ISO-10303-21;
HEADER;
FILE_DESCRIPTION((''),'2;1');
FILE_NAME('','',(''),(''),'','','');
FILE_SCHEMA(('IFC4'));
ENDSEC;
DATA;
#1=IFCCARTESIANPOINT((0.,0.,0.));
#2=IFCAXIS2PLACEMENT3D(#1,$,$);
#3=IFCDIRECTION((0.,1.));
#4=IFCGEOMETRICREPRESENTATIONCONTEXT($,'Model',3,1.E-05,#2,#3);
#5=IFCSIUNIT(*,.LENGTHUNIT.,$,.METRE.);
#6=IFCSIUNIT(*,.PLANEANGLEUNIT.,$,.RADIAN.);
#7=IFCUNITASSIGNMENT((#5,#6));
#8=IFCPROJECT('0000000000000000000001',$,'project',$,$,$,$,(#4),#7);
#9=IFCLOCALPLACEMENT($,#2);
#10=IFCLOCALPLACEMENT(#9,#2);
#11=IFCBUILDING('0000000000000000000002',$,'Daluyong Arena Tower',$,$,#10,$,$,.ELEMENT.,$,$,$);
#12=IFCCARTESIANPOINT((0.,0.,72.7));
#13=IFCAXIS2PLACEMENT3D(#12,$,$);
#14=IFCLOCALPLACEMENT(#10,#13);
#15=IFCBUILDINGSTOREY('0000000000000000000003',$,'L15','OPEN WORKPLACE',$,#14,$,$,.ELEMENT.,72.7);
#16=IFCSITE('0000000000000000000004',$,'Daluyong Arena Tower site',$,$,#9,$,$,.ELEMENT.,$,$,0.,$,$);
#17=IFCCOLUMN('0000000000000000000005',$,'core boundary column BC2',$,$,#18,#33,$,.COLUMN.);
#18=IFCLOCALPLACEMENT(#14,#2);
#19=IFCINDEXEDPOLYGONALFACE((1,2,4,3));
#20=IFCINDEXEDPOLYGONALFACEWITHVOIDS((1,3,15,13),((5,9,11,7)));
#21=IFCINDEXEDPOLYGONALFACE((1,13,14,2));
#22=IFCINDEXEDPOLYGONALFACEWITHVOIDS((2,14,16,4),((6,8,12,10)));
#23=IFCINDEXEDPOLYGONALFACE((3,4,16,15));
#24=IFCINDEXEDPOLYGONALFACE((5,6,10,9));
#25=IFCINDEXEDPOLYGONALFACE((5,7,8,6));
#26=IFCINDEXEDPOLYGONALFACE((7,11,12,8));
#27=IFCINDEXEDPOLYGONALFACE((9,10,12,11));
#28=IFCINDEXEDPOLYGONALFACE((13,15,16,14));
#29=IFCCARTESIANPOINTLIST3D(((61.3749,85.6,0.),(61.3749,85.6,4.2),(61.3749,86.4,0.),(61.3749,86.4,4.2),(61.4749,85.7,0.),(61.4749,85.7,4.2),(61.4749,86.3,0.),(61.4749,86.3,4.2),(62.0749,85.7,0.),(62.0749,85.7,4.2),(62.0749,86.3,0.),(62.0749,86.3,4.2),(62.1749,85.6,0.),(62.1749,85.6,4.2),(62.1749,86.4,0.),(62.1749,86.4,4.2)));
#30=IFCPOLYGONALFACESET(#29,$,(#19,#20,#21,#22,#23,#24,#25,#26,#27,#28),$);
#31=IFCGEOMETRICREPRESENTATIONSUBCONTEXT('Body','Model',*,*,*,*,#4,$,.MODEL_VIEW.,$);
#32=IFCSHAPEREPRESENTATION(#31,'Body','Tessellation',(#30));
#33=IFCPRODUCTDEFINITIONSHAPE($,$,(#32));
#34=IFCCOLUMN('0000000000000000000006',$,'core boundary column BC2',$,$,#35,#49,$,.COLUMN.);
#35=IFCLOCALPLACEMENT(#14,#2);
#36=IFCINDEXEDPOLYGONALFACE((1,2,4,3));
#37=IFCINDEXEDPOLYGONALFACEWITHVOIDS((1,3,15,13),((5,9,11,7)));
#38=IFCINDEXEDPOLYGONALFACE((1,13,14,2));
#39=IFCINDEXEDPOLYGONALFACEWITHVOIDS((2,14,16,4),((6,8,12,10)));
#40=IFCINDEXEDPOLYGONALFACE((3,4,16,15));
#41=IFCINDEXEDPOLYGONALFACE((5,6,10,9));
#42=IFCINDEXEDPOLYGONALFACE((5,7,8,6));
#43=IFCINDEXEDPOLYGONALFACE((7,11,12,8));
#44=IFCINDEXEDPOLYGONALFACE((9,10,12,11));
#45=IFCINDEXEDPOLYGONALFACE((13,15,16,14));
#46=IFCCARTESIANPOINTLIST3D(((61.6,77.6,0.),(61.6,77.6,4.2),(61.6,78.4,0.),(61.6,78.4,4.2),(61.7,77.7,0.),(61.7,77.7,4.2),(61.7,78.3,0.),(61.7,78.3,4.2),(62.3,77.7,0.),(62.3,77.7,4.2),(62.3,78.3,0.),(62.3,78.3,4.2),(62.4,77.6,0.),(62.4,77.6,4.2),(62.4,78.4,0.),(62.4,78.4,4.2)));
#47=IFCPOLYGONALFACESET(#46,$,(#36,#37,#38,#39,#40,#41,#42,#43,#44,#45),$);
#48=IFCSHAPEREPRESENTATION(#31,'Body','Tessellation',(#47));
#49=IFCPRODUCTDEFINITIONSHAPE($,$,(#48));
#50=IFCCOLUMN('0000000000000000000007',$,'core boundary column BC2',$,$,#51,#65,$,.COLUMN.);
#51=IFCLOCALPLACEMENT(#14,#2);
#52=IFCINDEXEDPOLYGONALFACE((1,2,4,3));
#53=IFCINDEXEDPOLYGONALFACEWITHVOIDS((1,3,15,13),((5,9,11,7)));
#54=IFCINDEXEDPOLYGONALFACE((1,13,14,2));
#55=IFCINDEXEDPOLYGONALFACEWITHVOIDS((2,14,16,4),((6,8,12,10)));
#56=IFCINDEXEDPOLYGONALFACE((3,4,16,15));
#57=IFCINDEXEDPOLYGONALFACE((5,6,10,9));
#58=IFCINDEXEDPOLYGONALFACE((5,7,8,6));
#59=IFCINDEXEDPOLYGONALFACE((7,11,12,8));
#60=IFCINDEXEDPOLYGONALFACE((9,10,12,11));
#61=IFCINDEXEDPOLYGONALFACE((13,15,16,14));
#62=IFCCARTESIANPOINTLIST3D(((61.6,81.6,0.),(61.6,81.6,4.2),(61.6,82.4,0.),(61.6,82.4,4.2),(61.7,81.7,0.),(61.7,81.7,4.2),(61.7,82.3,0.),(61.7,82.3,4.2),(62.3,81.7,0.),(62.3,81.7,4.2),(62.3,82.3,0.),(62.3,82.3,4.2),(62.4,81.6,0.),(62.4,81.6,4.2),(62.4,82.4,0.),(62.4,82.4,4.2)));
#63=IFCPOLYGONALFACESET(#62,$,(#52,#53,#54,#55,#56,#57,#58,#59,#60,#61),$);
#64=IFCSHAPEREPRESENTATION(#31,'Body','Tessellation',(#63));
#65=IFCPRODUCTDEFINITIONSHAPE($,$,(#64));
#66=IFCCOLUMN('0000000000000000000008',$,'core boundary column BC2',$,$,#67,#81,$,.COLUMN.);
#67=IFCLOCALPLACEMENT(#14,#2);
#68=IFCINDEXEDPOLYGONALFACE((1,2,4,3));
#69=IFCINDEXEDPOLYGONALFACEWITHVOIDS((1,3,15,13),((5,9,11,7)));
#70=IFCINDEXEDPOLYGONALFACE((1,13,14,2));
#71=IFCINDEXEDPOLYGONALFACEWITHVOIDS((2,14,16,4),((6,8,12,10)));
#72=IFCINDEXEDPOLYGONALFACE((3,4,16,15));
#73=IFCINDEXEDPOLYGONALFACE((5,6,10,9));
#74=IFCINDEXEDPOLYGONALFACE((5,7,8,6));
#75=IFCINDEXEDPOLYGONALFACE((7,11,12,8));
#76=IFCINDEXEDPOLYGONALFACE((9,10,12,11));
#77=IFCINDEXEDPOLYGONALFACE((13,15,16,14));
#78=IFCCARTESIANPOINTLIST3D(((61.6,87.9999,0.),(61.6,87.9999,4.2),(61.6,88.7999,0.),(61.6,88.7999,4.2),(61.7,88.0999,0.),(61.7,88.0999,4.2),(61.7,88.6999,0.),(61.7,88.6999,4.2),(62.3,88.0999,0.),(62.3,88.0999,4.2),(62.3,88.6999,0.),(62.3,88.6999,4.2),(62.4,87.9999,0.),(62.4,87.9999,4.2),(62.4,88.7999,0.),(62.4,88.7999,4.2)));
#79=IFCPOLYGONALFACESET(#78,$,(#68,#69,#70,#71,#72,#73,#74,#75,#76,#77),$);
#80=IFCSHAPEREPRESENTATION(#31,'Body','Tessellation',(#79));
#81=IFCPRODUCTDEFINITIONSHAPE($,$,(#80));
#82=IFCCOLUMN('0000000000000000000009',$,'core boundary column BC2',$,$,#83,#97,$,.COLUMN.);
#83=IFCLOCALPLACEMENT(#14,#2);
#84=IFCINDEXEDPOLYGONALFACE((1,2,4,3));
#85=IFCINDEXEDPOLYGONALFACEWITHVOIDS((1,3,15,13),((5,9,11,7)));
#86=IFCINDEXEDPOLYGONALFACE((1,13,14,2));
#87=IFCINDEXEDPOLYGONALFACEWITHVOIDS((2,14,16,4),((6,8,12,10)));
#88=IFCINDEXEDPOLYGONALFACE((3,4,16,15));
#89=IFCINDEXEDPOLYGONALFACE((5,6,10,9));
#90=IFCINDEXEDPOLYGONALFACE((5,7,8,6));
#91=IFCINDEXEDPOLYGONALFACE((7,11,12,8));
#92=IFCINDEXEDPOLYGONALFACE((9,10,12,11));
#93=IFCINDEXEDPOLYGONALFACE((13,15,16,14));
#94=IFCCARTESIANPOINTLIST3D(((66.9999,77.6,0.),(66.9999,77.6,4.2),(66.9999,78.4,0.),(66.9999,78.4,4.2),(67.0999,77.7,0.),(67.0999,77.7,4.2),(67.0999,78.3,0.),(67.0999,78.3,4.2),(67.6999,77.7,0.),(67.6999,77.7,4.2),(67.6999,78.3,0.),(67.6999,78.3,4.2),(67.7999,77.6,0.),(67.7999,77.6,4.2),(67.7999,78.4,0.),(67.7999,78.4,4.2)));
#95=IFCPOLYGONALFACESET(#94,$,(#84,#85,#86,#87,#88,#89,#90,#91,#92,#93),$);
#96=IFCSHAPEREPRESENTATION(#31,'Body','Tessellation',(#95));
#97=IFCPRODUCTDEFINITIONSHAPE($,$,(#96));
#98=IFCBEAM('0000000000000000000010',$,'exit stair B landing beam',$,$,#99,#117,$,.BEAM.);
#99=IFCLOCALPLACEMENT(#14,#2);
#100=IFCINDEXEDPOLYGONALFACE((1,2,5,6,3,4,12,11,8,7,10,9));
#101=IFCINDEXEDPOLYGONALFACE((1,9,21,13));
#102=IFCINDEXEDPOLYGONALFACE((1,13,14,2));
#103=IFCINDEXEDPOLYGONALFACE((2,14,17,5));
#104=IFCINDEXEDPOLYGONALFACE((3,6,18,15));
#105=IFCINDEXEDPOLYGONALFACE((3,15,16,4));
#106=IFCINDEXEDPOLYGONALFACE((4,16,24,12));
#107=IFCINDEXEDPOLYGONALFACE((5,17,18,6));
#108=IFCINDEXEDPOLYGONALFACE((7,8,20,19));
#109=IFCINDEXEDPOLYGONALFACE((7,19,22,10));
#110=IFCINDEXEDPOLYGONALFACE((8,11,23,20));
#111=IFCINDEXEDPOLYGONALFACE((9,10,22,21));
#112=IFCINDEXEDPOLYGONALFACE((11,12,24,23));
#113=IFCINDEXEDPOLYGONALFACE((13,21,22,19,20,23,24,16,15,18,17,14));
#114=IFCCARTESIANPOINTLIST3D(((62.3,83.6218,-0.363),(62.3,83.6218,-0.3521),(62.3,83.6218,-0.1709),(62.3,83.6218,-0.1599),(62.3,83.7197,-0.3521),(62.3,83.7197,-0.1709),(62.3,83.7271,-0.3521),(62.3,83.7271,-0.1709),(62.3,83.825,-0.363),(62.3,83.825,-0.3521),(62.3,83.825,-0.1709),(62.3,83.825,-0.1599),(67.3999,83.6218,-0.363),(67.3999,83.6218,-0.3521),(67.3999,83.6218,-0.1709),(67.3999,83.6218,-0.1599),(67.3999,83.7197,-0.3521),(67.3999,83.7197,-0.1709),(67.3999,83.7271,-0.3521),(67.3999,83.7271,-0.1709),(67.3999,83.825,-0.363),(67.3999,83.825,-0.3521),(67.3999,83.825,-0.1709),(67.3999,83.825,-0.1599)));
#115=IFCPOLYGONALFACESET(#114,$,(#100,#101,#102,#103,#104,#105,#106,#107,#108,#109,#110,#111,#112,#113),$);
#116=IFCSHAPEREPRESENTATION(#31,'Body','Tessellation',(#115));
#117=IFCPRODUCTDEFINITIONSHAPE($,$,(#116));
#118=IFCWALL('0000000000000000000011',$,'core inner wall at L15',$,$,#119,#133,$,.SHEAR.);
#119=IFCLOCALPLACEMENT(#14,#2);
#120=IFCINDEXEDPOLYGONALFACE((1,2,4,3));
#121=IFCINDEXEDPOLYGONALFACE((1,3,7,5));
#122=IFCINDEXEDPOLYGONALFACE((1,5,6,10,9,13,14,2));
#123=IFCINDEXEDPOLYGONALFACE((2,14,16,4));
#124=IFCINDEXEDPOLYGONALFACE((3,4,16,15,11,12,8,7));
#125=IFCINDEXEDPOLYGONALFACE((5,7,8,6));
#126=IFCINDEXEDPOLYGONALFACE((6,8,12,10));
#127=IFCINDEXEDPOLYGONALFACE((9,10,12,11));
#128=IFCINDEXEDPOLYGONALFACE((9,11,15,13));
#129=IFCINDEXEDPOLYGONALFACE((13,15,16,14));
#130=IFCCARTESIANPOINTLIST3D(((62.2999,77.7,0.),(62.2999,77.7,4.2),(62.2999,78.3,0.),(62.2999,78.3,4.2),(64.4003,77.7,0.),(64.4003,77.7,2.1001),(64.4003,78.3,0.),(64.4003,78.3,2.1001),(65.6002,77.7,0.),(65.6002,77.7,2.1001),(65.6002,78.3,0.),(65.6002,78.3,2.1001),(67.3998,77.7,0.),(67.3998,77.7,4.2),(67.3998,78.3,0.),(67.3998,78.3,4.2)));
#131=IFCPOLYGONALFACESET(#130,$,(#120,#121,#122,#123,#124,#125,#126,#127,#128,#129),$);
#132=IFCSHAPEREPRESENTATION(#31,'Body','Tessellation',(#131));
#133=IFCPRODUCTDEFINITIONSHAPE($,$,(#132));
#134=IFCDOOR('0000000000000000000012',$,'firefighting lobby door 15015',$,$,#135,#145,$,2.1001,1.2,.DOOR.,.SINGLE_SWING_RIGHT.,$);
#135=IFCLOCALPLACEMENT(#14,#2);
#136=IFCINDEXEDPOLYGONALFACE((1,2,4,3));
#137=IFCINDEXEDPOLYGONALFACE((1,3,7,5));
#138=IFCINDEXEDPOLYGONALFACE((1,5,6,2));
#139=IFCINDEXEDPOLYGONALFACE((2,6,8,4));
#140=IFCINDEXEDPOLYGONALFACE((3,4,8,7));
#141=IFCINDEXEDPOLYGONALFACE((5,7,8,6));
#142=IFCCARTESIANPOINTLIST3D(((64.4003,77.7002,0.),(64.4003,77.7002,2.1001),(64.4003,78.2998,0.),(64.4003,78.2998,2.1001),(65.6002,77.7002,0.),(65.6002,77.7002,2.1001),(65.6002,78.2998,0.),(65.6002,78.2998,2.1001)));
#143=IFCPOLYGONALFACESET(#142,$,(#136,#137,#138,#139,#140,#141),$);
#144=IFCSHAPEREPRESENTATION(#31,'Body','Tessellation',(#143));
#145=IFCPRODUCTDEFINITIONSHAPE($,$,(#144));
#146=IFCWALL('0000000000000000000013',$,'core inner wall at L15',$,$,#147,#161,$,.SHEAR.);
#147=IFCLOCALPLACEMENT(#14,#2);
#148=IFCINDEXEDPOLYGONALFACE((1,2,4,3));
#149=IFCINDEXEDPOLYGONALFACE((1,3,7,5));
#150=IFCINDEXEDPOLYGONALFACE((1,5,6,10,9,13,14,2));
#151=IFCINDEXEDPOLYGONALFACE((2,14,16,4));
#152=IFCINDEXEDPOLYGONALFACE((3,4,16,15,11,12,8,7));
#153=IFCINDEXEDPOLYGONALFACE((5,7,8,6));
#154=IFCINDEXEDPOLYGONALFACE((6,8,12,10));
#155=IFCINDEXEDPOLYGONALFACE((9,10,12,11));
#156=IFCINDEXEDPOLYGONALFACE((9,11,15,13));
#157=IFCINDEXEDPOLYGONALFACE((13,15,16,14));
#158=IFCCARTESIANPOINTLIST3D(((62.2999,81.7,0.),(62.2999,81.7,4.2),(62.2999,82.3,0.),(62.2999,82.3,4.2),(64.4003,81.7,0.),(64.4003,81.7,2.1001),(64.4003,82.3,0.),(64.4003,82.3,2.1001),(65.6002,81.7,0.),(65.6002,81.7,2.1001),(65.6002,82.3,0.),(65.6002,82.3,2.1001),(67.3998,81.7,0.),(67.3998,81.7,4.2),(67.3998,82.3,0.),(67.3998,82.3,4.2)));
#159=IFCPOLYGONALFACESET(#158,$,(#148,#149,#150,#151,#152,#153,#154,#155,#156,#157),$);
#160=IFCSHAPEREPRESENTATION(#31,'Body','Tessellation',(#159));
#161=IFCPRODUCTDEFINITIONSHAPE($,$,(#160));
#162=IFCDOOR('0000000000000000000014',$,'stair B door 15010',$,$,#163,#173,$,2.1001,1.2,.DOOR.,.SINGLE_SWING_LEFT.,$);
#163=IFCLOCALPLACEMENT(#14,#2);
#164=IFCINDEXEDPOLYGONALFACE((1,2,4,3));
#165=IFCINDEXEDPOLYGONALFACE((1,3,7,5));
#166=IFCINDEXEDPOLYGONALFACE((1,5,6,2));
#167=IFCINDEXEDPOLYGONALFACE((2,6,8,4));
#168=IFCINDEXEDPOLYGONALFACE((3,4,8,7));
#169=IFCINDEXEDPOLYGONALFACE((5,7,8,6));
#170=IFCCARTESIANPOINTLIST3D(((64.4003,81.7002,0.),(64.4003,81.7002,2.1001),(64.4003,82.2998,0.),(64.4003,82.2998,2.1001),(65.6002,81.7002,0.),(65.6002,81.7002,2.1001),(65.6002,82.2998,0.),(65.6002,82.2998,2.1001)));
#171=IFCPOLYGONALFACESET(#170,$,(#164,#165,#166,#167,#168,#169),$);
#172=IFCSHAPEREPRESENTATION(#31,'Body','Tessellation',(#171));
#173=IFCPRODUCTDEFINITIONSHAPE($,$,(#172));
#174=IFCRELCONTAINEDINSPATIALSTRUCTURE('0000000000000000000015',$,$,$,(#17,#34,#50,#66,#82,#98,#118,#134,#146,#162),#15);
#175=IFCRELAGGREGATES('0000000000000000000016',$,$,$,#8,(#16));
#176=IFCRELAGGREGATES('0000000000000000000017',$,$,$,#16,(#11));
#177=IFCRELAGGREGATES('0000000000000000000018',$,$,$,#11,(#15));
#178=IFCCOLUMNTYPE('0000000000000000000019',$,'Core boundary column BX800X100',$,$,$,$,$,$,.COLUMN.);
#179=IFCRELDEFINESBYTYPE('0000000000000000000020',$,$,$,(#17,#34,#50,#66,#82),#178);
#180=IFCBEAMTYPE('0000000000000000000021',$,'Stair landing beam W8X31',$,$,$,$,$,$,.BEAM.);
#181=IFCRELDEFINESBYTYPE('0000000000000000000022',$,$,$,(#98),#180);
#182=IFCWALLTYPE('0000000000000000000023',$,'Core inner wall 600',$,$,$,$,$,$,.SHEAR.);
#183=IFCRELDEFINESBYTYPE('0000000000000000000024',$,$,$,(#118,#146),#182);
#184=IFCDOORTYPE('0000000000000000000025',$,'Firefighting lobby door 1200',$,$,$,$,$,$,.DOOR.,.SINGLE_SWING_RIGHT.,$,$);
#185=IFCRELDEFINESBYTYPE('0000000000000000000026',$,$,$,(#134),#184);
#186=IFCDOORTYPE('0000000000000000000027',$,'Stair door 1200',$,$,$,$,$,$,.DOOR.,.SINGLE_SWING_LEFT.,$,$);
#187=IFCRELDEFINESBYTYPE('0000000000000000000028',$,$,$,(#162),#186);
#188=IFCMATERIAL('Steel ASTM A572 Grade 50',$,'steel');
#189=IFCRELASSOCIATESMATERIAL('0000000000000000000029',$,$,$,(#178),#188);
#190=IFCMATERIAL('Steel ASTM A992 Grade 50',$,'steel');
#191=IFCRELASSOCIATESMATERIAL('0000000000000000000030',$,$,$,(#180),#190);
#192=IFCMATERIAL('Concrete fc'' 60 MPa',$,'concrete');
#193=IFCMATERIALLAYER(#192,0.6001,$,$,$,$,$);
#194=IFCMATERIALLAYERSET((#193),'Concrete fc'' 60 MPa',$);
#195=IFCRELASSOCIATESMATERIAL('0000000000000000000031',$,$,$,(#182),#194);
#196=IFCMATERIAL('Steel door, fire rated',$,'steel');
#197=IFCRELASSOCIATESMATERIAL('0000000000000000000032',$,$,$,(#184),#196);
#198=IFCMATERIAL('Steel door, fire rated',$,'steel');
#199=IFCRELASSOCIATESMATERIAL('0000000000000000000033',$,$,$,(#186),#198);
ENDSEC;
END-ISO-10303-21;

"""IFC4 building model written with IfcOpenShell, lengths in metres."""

from ifc_helpers import new_model, si_unit, direction, frame, frame_2d, origin, origin_2d, place, context, subcontext, project, spatial, rectangle, hollow_rectangle, i_section, extrude, material, layer, layer_set, material_profile, profile_set, type_object, element, fill, save


model = new_model("IFC4")

# Units and contexts
model_context = context("Model", 3, precision=1e-05, world=origin(), true_north=direction((0.0, 1.0)))
body_context = subcontext(model_context, "Body", "Model", "MODEL_VIEW")
ifc_project = project(units=[si_unit("LENGTHUNIT", "METRE"), si_unit("PLANEANGLEUNIT", "RADIAN")], contexts=[model_context])

# Site, building, storey
site_placement = place(None, origin())
site = spatial("IfcSite", under=ifc_project, at=site_placement, Name="Daluyong Arena Tower site", CompositionType="ELEMENT", RefElevation=0.0)
building_placement = place(site_placement, origin())
building = spatial("IfcBuilding", under=site, at=building_placement, Name="Daluyong Arena Tower", CompositionType="ELEMENT")
storey_placement = place(building_placement, frame((0.0, 0.0, 72.7)))
storey = spatial("IfcBuildingStorey", under=building, at=storey_placement, Name="L15", Description="OPEN WORKPLACE", CompositionType="ELEMENT", Elevation=72.7)

# Columns
ifc_material_1 = material(Name="Steel ASTM A572 Grade 50", Category="steel")
ifc_material_profile_1 = material_profile(ifc_material_1, hollow_rectangle(XDim=0.8, YDim=0.8, WallThickness=0.1, at=origin_2d()))
ifc_profile_set_1 = profile_set([ifc_material_profile_1], Name="Steel ASTM A572 Grade 50")
column_type = type_object("IfcColumnType", Name="Core boundary column BX800X100", PredefinedType="COLUMN", material=ifc_profile_set_1)
for number, where, z_axis, x_axis, name in (
    (1, (61.7749, 86.0, 0.0), (0.0, 0.0, 1.0), (1.0, 0.0, 0.0), "core boundary column BC2"),
    (2, (62.0, 78.0, 0.0), (0.0, 0.0, 1.0), (1.0, 0.0, 0.0), "core boundary column BC2"),
    (3, (62.0, 82.0, 0.0), (0.0, 0.0, 1.0), (1.0, 0.0, 0.0), "core boundary column BC2"),
    (4, (62.0, 88.3999, 0.0), (0.0, 0.0, 1.0), (1.0, 0.0, 0.0), "core boundary column BC2"),
    (5, (67.3999, 78.0, 0.0), (0.0, 0.0, 1.0), (1.0, 0.0, 0.0), "core boundary column BC2"),
):
    element("IfcColumn", number, at=place(storey_placement, frame(where, z_axis=z_axis, x_axis=x_axis)), inside=storey, type_object=column_type, Name=name, PredefinedType="COLUMN", context=body_context, shape_type="SweptSolid", body=[
        extrude(hollow_rectangle(XDim=0.8, YDim=0.8, WallThickness=0.1, at=origin_2d()), origin(), (0.0, 0.0, 1.0), 4.2),
    ])

# Beam
ifc_material_2 = material(Name="Steel ASTM A992 Grade 50", Category="steel")
ifc_material_profile_2 = material_profile(ifc_material_2, i_section(OverallWidth=0.2031, OverallDepth=0.2031, WebThickness=0.0073, FlangeThickness=0.011, at=origin_2d()))
ifc_profile_set_2 = profile_set([ifc_material_profile_2], Name="Steel ASTM A992 Grade 50")
beam_type = type_object("IfcBeamType", Name="Stair landing beam W8X31", PredefinedType="BEAM", material=ifc_profile_set_2)
beam_placement = place(storey_placement, frame((62.3, 83.7234, -0.2615), z_axis=(1.0, 0.0, 0.0), x_axis=(0.0, 1.0, 0.0)))
element("IfcBeam", 6, at=beam_placement, inside=storey, type_object=beam_type, Name="exit stair B landing beam", PredefinedType="BEAM", context=body_context, shape_type="SweptSolid", body=[
    extrude(i_section(OverallWidth=0.2031, OverallDepth=0.2031, WebThickness=0.0073, FlangeThickness=0.011, at=origin_2d()), origin(), (0.0, 0.0, 1.0), 5.0999),
])

# Walls, openings, doors
ifc_material_3 = material(Name="Concrete fc' 60 MPa", Category="concrete")
ifc_layer_1 = layer(ifc_material_3, 0.6001)
ifc_layer_set_1 = layer_set([ifc_layer_1], Name="Concrete fc' 60 MPa")
wall_type_1 = type_object("IfcWallType", Name="Core inner wall 600", PredefinedType="SHEAR", material=ifc_layer_set_1)
wall_1_placement = place(storey_placement, frame((62.3, 78.0, 0.0), z_axis=(0.0, 0.0, 1.0), x_axis=(1.0, 0.0, 0.0)))
wall_1 = element("IfcWall", 7, at=wall_1_placement, inside=storey, type_object=wall_type_1, Name="core inner wall at L15", PredefinedType="SHEAR", context=body_context, shape_type="SweptSolid", body=[
    extrude(rectangle(XDim=5.0999, YDim=0.6001, at=frame_2d((2.5498, 0.0))), origin(), (0.0, 0.0, 1.0), 4.2),
])
opening_1_placement = place(wall_1_placement, frame((2.1001, 0.0, 0.0)))
opening_1 = element("IfcOpeningElement", 8, at=opening_1_placement, cuts=wall_1, PredefinedType="OPENING", context=body_context, shape_type="SweptSolid", body=[
    extrude(rectangle(XDim=1.2, YDim=2.1001, at=frame_2d((0.6001, 1.05))), frame((0.0, 0.3101, 0.0), z_axis=(0.0, -1.0, 0.0), x_axis=(1.0, 0.0, 0.0)), (0.0, 0.0, 1.0), 0.6201),
])
ifc_material_4 = material(Name="Steel door, fire rated", Category="steel")
door_type_1 = type_object("IfcDoorType", Name="Firefighting lobby door 1200", OperationType="SINGLE_SWING_RIGHT", PredefinedType="DOOR", material=ifc_material_4)
door_1_placement = place(opening_1_placement, origin())
door_1 = element("IfcDoor", 9, at=door_1_placement, inside=storey, type_object=door_type_1, Name="firefighting lobby door 15015", OperationType="SINGLE_SWING_RIGHT", OverallHeight=2.1001, OverallWidth=1.2, PredefinedType="DOOR", context=body_context, shape_type="SweptSolid", body=[
    extrude(rectangle(XDim=1.2, YDim=2.1001, at=frame_2d((0.6001, 1.05))), frame((0.0, 0.2998, 0.0), z_axis=(0.0, -1.0, 0.0), x_axis=(1.0, 0.0, 0.0)), (0.0, 0.0, 1.0), 0.5996),
])
fill(opening_1, door_1)
wall_2_placement = place(storey_placement, frame((62.3, 82.0, 0.0), z_axis=(0.0, 0.0, 1.0), x_axis=(1.0, 0.0, 0.0)))
wall_2 = element("IfcWall", 10, at=wall_2_placement, inside=storey, type_object=wall_type_1, Name="core inner wall at L15", PredefinedType="SHEAR", context=body_context, shape_type="SweptSolid", body=[
    extrude(rectangle(XDim=5.0999, YDim=0.6001, at=frame_2d((2.5498, 0.0))), origin(), (0.0, 0.0, 1.0), 4.2),
])
opening_2_placement = place(wall_2_placement, frame((2.1001, 0.0, 0.0)))
opening_2 = element("IfcOpeningElement", 11, at=opening_2_placement, cuts=wall_2, PredefinedType="OPENING", context=body_context, shape_type="SweptSolid", body=[
    extrude(rectangle(XDim=1.2, YDim=2.1001, at=frame_2d((0.6001, 1.05))), frame((0.0, 0.3101, 0.0), z_axis=(0.0, -1.0, 0.0), x_axis=(1.0, 0.0, 0.0)), (0.0, 0.0, 1.0), 0.6201),
])
ifc_material_5 = material(Name="Steel door, fire rated", Category="steel")
door_type_2 = type_object("IfcDoorType", Name="Stair door 1200", OperationType="SINGLE_SWING_LEFT", PredefinedType="DOOR", material=ifc_material_5)
door_2_placement = place(opening_2_placement, origin())
door_2 = element("IfcDoor", 12, at=door_2_placement, inside=storey, type_object=door_type_2, Name="stair B door 15010", OperationType="SINGLE_SWING_LEFT", OverallHeight=2.1001, OverallWidth=1.2, PredefinedType="DOOR", context=body_context, shape_type="SweptSolid", body=[
    extrude(rectangle(XDim=1.2, YDim=2.1001, at=frame_2d((0.6001, 1.05))), frame((0.0, 0.2998, 0.0), z_axis=(0.0, -1.0, 0.0), x_axis=(1.0, 0.0, 0.0)), (0.0, 0.0, 1.0), 0.5996),
])
fill(opening_2, door_2)

save(model, "model.ifc")
